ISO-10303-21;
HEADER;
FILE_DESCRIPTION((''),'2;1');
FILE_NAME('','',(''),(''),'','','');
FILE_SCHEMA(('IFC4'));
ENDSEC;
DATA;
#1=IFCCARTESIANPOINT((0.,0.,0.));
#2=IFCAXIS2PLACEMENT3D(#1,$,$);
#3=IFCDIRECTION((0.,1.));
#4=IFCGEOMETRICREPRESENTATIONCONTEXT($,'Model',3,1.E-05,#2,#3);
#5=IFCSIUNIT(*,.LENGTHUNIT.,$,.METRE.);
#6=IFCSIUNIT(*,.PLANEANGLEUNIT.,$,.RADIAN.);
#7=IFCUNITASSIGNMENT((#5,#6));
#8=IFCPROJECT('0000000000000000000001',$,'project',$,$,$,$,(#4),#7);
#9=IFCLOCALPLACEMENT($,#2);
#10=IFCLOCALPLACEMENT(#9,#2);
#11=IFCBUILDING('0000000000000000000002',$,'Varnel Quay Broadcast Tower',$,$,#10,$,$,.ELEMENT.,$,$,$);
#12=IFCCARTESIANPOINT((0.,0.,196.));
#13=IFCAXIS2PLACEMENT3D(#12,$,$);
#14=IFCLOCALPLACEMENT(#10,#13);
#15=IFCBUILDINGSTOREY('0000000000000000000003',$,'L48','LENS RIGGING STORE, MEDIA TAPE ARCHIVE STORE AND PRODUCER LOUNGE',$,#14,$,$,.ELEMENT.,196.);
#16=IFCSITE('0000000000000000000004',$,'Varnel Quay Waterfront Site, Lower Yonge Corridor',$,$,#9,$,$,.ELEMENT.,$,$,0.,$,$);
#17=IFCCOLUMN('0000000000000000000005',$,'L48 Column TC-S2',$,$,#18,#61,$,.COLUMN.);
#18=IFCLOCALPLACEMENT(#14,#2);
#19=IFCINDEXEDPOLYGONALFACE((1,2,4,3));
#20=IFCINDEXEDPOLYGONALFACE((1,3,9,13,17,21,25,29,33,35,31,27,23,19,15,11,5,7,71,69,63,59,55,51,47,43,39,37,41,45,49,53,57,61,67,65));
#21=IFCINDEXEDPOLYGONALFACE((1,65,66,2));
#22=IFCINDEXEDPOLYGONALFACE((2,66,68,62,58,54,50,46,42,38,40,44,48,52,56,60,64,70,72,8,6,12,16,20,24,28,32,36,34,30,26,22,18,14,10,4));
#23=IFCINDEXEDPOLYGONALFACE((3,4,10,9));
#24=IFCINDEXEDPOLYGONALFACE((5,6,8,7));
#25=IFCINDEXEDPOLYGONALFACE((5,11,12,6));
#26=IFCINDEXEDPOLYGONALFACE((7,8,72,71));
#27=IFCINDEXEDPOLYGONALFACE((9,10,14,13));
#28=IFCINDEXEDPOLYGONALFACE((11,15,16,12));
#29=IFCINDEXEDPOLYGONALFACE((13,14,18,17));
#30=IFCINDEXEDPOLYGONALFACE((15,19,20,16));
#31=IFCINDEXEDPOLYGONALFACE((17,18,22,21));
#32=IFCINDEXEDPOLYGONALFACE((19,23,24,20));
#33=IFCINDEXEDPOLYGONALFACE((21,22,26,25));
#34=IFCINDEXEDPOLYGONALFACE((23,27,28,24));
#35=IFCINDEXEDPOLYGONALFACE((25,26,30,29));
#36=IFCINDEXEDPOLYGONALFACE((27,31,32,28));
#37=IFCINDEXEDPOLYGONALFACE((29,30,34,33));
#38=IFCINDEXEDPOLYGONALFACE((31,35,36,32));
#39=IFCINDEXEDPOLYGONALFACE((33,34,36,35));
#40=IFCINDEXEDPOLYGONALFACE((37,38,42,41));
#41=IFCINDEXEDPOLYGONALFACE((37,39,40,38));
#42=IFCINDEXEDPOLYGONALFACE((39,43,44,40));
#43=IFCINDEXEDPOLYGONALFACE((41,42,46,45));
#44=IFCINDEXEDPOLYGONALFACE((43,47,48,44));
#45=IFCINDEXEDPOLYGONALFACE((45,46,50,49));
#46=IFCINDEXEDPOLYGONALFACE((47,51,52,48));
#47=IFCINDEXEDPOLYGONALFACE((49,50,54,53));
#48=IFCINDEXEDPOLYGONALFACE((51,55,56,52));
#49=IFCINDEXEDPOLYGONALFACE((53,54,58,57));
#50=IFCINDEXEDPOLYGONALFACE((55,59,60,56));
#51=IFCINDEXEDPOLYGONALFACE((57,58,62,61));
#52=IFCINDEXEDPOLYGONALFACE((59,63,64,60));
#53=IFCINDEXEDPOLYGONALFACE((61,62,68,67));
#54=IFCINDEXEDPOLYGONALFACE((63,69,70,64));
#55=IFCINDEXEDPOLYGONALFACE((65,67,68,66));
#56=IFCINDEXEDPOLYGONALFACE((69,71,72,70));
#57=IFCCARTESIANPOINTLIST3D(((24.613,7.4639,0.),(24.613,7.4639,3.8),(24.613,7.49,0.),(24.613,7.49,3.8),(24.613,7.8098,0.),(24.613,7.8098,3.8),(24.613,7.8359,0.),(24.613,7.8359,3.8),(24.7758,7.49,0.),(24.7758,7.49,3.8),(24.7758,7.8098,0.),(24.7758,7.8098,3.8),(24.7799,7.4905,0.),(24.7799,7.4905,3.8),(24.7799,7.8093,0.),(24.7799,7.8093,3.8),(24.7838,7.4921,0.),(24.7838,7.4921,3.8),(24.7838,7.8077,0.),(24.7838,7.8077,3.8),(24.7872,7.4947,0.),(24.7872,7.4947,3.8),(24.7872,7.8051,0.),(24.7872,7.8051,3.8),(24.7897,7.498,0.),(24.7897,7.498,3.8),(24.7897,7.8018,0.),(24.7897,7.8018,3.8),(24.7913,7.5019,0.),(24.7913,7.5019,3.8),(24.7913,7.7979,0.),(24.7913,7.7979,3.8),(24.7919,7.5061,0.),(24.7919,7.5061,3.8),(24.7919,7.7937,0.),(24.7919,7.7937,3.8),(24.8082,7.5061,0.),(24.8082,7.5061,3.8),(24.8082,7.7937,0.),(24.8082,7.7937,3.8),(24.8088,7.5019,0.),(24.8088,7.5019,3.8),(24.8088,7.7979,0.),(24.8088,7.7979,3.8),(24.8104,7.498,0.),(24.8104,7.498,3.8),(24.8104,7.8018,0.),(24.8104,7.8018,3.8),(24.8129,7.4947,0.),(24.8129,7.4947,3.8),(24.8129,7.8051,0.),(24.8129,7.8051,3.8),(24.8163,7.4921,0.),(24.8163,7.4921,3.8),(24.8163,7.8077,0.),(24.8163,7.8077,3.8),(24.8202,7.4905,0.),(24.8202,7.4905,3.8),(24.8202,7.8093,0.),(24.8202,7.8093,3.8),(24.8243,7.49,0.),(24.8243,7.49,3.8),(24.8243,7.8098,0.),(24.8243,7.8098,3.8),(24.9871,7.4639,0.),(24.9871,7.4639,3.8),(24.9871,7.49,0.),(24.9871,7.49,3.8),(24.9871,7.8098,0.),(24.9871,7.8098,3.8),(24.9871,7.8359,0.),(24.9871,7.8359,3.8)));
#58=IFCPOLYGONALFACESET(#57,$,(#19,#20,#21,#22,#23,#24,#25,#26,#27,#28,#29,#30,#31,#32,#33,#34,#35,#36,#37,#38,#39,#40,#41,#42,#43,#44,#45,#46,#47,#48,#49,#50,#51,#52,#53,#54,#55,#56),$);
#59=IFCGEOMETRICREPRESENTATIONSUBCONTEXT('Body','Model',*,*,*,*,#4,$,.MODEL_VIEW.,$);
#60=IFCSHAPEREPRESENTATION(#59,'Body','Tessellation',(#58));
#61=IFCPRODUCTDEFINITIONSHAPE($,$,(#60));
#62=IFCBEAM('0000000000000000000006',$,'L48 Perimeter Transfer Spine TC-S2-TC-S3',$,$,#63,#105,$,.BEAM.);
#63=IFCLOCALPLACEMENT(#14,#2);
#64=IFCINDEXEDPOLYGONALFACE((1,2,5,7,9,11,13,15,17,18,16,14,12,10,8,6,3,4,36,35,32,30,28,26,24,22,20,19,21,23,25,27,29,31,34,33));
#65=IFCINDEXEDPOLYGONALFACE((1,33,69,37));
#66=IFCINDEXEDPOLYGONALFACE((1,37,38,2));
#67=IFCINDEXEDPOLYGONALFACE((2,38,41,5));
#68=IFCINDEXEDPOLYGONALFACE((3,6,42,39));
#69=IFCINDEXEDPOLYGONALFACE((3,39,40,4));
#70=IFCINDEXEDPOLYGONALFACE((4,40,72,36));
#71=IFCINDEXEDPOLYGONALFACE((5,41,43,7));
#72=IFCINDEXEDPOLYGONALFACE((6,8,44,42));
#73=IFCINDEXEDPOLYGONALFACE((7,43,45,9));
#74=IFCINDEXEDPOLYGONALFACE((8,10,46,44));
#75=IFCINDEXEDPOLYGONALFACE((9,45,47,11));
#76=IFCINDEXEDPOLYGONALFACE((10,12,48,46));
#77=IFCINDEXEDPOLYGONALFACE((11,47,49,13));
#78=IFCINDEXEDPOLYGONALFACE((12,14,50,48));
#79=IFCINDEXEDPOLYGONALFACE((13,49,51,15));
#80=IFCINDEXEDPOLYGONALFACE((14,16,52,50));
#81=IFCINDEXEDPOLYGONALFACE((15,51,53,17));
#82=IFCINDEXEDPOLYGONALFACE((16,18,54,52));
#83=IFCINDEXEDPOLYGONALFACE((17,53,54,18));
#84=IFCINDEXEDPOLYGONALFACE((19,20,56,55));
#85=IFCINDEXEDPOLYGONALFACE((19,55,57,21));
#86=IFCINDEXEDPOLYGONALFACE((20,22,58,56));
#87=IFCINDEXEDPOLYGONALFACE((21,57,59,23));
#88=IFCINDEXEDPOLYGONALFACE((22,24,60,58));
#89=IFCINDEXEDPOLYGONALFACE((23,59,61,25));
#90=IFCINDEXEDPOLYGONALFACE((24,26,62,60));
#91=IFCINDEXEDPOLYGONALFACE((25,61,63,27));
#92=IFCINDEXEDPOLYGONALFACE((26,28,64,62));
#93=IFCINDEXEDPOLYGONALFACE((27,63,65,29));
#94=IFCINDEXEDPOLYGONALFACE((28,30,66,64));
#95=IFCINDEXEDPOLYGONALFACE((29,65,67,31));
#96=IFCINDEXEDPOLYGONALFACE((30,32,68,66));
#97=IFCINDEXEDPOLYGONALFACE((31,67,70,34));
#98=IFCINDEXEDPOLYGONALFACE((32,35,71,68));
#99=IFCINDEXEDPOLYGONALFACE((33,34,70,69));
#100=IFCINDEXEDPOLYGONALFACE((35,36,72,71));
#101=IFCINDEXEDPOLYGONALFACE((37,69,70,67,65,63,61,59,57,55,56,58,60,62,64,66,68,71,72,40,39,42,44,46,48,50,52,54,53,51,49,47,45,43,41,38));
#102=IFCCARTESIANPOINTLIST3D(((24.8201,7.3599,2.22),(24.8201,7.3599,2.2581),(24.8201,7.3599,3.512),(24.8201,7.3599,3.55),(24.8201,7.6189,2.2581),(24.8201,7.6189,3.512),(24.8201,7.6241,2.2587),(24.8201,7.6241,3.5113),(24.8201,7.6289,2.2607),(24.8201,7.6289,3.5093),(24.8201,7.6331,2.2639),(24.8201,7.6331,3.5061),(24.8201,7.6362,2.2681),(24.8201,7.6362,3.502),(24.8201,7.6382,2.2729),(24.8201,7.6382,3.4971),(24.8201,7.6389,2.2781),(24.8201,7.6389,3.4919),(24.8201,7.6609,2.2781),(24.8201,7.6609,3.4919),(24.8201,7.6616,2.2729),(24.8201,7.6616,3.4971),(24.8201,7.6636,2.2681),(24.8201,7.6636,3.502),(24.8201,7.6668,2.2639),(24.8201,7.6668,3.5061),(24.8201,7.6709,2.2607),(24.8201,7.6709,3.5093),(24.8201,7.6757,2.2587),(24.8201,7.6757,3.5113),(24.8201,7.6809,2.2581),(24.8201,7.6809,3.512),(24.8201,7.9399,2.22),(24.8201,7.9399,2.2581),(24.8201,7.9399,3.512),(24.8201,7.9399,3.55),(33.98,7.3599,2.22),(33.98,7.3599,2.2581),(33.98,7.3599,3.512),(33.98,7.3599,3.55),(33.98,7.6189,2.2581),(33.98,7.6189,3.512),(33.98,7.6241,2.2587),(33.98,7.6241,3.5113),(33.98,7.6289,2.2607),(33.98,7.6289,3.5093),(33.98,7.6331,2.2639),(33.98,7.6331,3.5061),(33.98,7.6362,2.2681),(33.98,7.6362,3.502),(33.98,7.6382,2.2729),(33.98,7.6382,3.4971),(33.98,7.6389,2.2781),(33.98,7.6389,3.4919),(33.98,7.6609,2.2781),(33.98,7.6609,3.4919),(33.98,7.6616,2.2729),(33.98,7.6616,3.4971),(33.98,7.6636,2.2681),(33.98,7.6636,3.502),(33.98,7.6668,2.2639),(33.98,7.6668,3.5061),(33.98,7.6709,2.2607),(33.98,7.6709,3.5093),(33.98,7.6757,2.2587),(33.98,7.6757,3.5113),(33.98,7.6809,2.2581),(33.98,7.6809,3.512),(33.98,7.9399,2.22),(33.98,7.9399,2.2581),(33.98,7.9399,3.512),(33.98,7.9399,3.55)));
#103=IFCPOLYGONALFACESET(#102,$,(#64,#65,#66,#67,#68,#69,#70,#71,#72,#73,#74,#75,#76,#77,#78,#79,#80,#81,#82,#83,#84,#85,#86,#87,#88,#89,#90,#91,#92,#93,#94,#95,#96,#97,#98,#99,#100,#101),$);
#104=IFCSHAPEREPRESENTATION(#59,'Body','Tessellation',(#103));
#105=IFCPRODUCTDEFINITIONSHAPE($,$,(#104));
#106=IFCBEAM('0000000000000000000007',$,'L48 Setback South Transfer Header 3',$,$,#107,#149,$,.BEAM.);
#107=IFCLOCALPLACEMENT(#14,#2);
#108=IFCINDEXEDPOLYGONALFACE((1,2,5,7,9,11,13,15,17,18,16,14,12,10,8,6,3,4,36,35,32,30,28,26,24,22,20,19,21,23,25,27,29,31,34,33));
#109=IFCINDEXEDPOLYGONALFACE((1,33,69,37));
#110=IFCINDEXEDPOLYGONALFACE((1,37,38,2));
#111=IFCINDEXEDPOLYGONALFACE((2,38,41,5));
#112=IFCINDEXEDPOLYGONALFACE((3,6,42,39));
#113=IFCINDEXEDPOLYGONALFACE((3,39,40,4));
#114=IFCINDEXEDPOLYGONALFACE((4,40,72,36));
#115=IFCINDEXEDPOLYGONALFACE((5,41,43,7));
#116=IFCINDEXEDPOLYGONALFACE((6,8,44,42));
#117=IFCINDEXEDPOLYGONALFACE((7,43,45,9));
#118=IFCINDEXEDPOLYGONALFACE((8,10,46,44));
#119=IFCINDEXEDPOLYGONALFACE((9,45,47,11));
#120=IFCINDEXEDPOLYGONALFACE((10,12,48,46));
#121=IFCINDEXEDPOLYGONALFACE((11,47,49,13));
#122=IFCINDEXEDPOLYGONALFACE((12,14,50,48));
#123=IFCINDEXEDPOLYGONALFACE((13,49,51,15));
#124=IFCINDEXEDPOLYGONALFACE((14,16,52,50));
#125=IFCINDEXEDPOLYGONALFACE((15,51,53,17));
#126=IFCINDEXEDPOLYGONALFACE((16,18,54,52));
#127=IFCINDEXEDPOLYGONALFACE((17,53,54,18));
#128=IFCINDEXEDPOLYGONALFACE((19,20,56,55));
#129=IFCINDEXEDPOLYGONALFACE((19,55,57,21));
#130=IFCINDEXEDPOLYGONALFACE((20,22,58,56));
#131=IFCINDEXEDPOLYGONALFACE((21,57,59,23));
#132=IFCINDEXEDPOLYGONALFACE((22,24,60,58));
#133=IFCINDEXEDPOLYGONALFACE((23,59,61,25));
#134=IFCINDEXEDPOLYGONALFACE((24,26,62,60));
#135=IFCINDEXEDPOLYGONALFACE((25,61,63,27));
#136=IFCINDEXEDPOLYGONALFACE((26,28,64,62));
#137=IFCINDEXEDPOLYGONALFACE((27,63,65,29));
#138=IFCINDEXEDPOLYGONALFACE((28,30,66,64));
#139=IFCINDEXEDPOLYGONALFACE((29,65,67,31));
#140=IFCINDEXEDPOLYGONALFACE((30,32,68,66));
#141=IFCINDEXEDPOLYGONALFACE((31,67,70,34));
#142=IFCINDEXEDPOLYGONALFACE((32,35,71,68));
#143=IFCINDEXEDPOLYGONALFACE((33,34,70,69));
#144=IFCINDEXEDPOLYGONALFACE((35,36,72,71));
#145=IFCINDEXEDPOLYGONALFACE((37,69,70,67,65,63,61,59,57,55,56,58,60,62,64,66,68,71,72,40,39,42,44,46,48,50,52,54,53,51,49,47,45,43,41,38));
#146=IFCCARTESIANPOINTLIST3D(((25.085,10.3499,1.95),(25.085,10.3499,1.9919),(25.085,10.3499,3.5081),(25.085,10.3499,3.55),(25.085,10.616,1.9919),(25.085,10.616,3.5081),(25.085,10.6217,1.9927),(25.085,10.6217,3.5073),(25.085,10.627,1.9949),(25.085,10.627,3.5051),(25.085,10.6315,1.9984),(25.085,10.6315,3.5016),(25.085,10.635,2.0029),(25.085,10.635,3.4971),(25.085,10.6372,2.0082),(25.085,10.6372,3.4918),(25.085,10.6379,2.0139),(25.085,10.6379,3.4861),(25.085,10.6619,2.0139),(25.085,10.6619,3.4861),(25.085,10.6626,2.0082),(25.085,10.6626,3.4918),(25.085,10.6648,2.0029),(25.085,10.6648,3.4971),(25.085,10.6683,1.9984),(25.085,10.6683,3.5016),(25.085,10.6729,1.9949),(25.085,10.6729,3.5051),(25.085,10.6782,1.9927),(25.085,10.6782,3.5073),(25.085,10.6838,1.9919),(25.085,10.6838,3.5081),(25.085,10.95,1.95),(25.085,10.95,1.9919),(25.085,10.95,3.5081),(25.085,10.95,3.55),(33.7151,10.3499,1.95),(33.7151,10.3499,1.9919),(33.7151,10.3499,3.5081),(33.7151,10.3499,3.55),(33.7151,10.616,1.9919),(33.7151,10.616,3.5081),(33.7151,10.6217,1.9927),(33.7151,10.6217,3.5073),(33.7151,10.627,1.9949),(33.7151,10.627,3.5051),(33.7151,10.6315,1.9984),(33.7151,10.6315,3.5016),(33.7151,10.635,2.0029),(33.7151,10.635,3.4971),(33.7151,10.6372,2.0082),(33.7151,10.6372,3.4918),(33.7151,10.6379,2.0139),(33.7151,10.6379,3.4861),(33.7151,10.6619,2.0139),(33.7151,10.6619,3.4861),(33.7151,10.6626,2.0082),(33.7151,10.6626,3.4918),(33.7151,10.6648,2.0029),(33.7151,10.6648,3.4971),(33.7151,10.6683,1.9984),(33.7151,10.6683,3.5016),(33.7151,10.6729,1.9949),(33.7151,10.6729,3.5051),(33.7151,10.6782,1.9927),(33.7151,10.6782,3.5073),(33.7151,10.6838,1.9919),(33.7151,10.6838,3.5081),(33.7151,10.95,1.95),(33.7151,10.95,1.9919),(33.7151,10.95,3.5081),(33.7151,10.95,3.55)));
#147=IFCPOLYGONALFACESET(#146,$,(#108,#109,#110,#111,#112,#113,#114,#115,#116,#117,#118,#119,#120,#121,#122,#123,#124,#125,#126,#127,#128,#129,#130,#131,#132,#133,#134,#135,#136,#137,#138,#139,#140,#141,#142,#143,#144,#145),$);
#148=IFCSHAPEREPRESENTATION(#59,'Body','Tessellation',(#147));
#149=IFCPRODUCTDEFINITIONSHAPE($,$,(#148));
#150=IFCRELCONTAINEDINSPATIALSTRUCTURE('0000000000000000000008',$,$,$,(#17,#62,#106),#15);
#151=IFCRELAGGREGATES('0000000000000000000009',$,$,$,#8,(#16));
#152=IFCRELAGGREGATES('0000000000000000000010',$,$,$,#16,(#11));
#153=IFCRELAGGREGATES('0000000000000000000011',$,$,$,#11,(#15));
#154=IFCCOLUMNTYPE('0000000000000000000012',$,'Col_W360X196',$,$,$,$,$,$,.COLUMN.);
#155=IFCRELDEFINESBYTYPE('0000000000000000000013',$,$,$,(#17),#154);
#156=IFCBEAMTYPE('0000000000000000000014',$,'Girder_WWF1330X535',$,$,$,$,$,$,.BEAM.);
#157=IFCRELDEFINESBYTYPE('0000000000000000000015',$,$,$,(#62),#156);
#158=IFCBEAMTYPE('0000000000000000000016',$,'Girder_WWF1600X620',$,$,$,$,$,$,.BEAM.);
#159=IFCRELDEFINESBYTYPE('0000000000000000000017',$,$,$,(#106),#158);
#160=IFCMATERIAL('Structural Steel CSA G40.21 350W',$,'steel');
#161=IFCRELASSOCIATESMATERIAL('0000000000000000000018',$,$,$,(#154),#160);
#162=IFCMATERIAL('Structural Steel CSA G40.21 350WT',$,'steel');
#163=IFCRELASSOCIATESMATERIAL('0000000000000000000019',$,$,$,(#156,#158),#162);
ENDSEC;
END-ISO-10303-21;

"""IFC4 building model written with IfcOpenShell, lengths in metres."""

from ifc_helpers import new_model, si_unit, direction, frame, origin, origin_2d, place, context, subcontext, project, spatial, i_section, extrude, source, transform, mapped, material, material_profile, profile_set, type_object, type_shapes, element, save


model = new_model("IFC4")

# Units and contexts
model_context = context("Model", 3, precision=1e-05, world=origin(), true_north=direction((0.0, 1.0)))
body_context = subcontext(model_context, "Body", "Model", "MODEL_VIEW")
ifc_project = project(units=[si_unit("LENGTHUNIT", "METRE"), si_unit("PLANEANGLEUNIT", "RADIAN")], contexts=[model_context])

# Site, building, storey
site_placement = place(None, origin())
site = spatial("IfcSite", under=ifc_project, at=site_placement, Name="Varnel Quay Waterfront Site, Lower Yonge Corridor", CompositionType="ELEMENT", RefElevation=0.0)
building_placement = place(site_placement, origin())
building = spatial("IfcBuilding", under=site, at=building_placement, Name="Varnel Quay Broadcast Tower", CompositionType="ELEMENT")
storey_placement = place(building_placement, frame((0.0, 0.0, 196.0)))
storey = spatial("IfcBuildingStorey", under=building, at=storey_placement, Name="L48", Description="LENS RIGGING STORE, MEDIA TAPE ARCHIVE STORE AND PRODUCER LOUNGE", CompositionType="ELEMENT", Elevation=196.0)

# Column
ifc_material_1 = material(Name="Structural Steel CSA G40.21 350W", Category="steel")
ifc_material_profile_1 = material_profile(ifc_material_1, i_section(OverallWidth=0.374, OverallDepth=0.3721, WebThickness=0.0164, FlangeThickness=0.0261, FilletRadius=0.0161, at=origin_2d()), Name="W360X196")
ifc_profile_set_1 = profile_set([ifc_material_profile_1], Name="Structural Steel CSA G40.21 350W")
column_type = type_object("IfcColumnType", Name="Col_W360X196", PredefinedType="COLUMN", material=ifc_profile_set_1)
shared_shape_1 = source(origin(), body_context, "Body", "SweptSolid", [
    extrude(i_section(OverallWidth=0.374, OverallDepth=0.3721, WebThickness=0.0164, FlangeThickness=0.0261, FilletRadius=0.0161, at=origin_2d()), origin(), (0.0, 0.0, 1.0), 3.8),
])
type_shapes(column_type, [shared_shape_1])
column_placement = place(storey_placement, frame((24.8, 7.6499, 0.0), z_axis=(0.0, 0.0, 1.0), x_axis=(1.0, 0.0, 0.0)))
element("IfcColumn", 1, at=column_placement, inside=storey, type_object=column_type, Name="L48 Column TC-S2", PredefinedType="COLUMN", context=body_context, shape_type="MappedRepresentation", body=[
    mapped(shared_shape_1, transform((0.0, 0.0, 0.0), x_axis=(1.0, 0.0, 0.0), y_axis=(0.0, 1.0, 0.0), z_axis=(0.0, 0.0, 1.0), scale=1.0)),
])

# Beams
ifc_material_2 = material(Name="Structural Steel CSA G40.21 350WT", Category="steel")
ifc_material_profile_2 = material_profile(ifc_material_2, i_section(OverallWidth=0.5801, OverallDepth=1.3301, WebThickness=0.022, FlangeThickness=0.0381, FilletRadius=0.02, at=origin_2d()), Name="WWF1330X535")
ifc_profile_set_2 = profile_set([ifc_material_profile_2], Name="Structural Steel CSA G40.21 350WT")
beam_type_1 = type_object("IfcBeamType", Name="Girder_WWF1330X535", PredefinedType="BEAM", material=ifc_profile_set_2)
shared_shape_2 = source(origin(), body_context, "Body", "SweptSolid", [
    extrude(i_section(OverallWidth=0.5801, OverallDepth=1.3301, WebThickness=0.022, FlangeThickness=0.0381, FilletRadius=0.02, at=origin_2d()), origin(), (0.0, 0.0, 1.0), 9.1599),
])
beam_1_placement = place(storey_placement, frame((24.8201, 7.6499, 2.885), z_axis=(1.0, 0.0, 0.0), x_axis=(0.0, 1.0, 0.0)))
element("IfcBeam", 2, at=beam_1_placement, inside=storey, type_object=beam_type_1, Name="L48 Perimeter Transfer Spine TC-S2-TC-S3", PredefinedType="BEAM", context=body_context, shape_type="MappedRepresentation", body=[
    mapped(shared_shape_2, transform((0.0, 0.0, 0.0), x_axis=(1.0, 0.0, 0.0), y_axis=(0.0, 1.0, 0.0), z_axis=(0.0, 0.0, 1.0), scale=1.0)),
])
ifc_material_profile_3 = material_profile(ifc_material_2, i_section(OverallWidth=0.6001, OverallDepth=1.6001, WebThickness=0.0239, FlangeThickness=0.042, FilletRadius=0.022, at=origin_2d()), Name="WWF1600X620")
ifc_profile_set_3 = profile_set([ifc_material_profile_3], Name="Structural Steel CSA G40.21 350WT")
beam_type_2 = type_object("IfcBeamType", Name="Girder_WWF1600X620", PredefinedType="BEAM", material=ifc_profile_set_3)
shared_shape_3 = source(origin(), body_context, "Body", "SweptSolid", [
    extrude(i_section(OverallWidth=0.6001, OverallDepth=1.6001, WebThickness=0.0239, FlangeThickness=0.042, FilletRadius=0.022, at=origin_2d()), origin(), (0.0, 0.0, 1.0), 8.6301),
])
beam_2_placement = place(storey_placement, frame((25.085, 10.6499, 2.75), z_axis=(1.0, 0.0, 0.0), x_axis=(0.0, 1.0, 0.0)))
element("IfcBeam", 3, at=beam_2_placement, inside=storey, type_object=beam_type_2, Name="L48 Setback South Transfer Header 3", PredefinedType="BEAM", context=body_context, shape_type="MappedRepresentation", body=[
    mapped(shared_shape_3, transform((0.0, 0.0, 0.0), x_axis=(1.0, 0.0, 0.0), y_axis=(0.0, 1.0, 0.0), z_axis=(0.0, 0.0, 1.0), scale=1.0)),
])

save(model, "model.ifc")
